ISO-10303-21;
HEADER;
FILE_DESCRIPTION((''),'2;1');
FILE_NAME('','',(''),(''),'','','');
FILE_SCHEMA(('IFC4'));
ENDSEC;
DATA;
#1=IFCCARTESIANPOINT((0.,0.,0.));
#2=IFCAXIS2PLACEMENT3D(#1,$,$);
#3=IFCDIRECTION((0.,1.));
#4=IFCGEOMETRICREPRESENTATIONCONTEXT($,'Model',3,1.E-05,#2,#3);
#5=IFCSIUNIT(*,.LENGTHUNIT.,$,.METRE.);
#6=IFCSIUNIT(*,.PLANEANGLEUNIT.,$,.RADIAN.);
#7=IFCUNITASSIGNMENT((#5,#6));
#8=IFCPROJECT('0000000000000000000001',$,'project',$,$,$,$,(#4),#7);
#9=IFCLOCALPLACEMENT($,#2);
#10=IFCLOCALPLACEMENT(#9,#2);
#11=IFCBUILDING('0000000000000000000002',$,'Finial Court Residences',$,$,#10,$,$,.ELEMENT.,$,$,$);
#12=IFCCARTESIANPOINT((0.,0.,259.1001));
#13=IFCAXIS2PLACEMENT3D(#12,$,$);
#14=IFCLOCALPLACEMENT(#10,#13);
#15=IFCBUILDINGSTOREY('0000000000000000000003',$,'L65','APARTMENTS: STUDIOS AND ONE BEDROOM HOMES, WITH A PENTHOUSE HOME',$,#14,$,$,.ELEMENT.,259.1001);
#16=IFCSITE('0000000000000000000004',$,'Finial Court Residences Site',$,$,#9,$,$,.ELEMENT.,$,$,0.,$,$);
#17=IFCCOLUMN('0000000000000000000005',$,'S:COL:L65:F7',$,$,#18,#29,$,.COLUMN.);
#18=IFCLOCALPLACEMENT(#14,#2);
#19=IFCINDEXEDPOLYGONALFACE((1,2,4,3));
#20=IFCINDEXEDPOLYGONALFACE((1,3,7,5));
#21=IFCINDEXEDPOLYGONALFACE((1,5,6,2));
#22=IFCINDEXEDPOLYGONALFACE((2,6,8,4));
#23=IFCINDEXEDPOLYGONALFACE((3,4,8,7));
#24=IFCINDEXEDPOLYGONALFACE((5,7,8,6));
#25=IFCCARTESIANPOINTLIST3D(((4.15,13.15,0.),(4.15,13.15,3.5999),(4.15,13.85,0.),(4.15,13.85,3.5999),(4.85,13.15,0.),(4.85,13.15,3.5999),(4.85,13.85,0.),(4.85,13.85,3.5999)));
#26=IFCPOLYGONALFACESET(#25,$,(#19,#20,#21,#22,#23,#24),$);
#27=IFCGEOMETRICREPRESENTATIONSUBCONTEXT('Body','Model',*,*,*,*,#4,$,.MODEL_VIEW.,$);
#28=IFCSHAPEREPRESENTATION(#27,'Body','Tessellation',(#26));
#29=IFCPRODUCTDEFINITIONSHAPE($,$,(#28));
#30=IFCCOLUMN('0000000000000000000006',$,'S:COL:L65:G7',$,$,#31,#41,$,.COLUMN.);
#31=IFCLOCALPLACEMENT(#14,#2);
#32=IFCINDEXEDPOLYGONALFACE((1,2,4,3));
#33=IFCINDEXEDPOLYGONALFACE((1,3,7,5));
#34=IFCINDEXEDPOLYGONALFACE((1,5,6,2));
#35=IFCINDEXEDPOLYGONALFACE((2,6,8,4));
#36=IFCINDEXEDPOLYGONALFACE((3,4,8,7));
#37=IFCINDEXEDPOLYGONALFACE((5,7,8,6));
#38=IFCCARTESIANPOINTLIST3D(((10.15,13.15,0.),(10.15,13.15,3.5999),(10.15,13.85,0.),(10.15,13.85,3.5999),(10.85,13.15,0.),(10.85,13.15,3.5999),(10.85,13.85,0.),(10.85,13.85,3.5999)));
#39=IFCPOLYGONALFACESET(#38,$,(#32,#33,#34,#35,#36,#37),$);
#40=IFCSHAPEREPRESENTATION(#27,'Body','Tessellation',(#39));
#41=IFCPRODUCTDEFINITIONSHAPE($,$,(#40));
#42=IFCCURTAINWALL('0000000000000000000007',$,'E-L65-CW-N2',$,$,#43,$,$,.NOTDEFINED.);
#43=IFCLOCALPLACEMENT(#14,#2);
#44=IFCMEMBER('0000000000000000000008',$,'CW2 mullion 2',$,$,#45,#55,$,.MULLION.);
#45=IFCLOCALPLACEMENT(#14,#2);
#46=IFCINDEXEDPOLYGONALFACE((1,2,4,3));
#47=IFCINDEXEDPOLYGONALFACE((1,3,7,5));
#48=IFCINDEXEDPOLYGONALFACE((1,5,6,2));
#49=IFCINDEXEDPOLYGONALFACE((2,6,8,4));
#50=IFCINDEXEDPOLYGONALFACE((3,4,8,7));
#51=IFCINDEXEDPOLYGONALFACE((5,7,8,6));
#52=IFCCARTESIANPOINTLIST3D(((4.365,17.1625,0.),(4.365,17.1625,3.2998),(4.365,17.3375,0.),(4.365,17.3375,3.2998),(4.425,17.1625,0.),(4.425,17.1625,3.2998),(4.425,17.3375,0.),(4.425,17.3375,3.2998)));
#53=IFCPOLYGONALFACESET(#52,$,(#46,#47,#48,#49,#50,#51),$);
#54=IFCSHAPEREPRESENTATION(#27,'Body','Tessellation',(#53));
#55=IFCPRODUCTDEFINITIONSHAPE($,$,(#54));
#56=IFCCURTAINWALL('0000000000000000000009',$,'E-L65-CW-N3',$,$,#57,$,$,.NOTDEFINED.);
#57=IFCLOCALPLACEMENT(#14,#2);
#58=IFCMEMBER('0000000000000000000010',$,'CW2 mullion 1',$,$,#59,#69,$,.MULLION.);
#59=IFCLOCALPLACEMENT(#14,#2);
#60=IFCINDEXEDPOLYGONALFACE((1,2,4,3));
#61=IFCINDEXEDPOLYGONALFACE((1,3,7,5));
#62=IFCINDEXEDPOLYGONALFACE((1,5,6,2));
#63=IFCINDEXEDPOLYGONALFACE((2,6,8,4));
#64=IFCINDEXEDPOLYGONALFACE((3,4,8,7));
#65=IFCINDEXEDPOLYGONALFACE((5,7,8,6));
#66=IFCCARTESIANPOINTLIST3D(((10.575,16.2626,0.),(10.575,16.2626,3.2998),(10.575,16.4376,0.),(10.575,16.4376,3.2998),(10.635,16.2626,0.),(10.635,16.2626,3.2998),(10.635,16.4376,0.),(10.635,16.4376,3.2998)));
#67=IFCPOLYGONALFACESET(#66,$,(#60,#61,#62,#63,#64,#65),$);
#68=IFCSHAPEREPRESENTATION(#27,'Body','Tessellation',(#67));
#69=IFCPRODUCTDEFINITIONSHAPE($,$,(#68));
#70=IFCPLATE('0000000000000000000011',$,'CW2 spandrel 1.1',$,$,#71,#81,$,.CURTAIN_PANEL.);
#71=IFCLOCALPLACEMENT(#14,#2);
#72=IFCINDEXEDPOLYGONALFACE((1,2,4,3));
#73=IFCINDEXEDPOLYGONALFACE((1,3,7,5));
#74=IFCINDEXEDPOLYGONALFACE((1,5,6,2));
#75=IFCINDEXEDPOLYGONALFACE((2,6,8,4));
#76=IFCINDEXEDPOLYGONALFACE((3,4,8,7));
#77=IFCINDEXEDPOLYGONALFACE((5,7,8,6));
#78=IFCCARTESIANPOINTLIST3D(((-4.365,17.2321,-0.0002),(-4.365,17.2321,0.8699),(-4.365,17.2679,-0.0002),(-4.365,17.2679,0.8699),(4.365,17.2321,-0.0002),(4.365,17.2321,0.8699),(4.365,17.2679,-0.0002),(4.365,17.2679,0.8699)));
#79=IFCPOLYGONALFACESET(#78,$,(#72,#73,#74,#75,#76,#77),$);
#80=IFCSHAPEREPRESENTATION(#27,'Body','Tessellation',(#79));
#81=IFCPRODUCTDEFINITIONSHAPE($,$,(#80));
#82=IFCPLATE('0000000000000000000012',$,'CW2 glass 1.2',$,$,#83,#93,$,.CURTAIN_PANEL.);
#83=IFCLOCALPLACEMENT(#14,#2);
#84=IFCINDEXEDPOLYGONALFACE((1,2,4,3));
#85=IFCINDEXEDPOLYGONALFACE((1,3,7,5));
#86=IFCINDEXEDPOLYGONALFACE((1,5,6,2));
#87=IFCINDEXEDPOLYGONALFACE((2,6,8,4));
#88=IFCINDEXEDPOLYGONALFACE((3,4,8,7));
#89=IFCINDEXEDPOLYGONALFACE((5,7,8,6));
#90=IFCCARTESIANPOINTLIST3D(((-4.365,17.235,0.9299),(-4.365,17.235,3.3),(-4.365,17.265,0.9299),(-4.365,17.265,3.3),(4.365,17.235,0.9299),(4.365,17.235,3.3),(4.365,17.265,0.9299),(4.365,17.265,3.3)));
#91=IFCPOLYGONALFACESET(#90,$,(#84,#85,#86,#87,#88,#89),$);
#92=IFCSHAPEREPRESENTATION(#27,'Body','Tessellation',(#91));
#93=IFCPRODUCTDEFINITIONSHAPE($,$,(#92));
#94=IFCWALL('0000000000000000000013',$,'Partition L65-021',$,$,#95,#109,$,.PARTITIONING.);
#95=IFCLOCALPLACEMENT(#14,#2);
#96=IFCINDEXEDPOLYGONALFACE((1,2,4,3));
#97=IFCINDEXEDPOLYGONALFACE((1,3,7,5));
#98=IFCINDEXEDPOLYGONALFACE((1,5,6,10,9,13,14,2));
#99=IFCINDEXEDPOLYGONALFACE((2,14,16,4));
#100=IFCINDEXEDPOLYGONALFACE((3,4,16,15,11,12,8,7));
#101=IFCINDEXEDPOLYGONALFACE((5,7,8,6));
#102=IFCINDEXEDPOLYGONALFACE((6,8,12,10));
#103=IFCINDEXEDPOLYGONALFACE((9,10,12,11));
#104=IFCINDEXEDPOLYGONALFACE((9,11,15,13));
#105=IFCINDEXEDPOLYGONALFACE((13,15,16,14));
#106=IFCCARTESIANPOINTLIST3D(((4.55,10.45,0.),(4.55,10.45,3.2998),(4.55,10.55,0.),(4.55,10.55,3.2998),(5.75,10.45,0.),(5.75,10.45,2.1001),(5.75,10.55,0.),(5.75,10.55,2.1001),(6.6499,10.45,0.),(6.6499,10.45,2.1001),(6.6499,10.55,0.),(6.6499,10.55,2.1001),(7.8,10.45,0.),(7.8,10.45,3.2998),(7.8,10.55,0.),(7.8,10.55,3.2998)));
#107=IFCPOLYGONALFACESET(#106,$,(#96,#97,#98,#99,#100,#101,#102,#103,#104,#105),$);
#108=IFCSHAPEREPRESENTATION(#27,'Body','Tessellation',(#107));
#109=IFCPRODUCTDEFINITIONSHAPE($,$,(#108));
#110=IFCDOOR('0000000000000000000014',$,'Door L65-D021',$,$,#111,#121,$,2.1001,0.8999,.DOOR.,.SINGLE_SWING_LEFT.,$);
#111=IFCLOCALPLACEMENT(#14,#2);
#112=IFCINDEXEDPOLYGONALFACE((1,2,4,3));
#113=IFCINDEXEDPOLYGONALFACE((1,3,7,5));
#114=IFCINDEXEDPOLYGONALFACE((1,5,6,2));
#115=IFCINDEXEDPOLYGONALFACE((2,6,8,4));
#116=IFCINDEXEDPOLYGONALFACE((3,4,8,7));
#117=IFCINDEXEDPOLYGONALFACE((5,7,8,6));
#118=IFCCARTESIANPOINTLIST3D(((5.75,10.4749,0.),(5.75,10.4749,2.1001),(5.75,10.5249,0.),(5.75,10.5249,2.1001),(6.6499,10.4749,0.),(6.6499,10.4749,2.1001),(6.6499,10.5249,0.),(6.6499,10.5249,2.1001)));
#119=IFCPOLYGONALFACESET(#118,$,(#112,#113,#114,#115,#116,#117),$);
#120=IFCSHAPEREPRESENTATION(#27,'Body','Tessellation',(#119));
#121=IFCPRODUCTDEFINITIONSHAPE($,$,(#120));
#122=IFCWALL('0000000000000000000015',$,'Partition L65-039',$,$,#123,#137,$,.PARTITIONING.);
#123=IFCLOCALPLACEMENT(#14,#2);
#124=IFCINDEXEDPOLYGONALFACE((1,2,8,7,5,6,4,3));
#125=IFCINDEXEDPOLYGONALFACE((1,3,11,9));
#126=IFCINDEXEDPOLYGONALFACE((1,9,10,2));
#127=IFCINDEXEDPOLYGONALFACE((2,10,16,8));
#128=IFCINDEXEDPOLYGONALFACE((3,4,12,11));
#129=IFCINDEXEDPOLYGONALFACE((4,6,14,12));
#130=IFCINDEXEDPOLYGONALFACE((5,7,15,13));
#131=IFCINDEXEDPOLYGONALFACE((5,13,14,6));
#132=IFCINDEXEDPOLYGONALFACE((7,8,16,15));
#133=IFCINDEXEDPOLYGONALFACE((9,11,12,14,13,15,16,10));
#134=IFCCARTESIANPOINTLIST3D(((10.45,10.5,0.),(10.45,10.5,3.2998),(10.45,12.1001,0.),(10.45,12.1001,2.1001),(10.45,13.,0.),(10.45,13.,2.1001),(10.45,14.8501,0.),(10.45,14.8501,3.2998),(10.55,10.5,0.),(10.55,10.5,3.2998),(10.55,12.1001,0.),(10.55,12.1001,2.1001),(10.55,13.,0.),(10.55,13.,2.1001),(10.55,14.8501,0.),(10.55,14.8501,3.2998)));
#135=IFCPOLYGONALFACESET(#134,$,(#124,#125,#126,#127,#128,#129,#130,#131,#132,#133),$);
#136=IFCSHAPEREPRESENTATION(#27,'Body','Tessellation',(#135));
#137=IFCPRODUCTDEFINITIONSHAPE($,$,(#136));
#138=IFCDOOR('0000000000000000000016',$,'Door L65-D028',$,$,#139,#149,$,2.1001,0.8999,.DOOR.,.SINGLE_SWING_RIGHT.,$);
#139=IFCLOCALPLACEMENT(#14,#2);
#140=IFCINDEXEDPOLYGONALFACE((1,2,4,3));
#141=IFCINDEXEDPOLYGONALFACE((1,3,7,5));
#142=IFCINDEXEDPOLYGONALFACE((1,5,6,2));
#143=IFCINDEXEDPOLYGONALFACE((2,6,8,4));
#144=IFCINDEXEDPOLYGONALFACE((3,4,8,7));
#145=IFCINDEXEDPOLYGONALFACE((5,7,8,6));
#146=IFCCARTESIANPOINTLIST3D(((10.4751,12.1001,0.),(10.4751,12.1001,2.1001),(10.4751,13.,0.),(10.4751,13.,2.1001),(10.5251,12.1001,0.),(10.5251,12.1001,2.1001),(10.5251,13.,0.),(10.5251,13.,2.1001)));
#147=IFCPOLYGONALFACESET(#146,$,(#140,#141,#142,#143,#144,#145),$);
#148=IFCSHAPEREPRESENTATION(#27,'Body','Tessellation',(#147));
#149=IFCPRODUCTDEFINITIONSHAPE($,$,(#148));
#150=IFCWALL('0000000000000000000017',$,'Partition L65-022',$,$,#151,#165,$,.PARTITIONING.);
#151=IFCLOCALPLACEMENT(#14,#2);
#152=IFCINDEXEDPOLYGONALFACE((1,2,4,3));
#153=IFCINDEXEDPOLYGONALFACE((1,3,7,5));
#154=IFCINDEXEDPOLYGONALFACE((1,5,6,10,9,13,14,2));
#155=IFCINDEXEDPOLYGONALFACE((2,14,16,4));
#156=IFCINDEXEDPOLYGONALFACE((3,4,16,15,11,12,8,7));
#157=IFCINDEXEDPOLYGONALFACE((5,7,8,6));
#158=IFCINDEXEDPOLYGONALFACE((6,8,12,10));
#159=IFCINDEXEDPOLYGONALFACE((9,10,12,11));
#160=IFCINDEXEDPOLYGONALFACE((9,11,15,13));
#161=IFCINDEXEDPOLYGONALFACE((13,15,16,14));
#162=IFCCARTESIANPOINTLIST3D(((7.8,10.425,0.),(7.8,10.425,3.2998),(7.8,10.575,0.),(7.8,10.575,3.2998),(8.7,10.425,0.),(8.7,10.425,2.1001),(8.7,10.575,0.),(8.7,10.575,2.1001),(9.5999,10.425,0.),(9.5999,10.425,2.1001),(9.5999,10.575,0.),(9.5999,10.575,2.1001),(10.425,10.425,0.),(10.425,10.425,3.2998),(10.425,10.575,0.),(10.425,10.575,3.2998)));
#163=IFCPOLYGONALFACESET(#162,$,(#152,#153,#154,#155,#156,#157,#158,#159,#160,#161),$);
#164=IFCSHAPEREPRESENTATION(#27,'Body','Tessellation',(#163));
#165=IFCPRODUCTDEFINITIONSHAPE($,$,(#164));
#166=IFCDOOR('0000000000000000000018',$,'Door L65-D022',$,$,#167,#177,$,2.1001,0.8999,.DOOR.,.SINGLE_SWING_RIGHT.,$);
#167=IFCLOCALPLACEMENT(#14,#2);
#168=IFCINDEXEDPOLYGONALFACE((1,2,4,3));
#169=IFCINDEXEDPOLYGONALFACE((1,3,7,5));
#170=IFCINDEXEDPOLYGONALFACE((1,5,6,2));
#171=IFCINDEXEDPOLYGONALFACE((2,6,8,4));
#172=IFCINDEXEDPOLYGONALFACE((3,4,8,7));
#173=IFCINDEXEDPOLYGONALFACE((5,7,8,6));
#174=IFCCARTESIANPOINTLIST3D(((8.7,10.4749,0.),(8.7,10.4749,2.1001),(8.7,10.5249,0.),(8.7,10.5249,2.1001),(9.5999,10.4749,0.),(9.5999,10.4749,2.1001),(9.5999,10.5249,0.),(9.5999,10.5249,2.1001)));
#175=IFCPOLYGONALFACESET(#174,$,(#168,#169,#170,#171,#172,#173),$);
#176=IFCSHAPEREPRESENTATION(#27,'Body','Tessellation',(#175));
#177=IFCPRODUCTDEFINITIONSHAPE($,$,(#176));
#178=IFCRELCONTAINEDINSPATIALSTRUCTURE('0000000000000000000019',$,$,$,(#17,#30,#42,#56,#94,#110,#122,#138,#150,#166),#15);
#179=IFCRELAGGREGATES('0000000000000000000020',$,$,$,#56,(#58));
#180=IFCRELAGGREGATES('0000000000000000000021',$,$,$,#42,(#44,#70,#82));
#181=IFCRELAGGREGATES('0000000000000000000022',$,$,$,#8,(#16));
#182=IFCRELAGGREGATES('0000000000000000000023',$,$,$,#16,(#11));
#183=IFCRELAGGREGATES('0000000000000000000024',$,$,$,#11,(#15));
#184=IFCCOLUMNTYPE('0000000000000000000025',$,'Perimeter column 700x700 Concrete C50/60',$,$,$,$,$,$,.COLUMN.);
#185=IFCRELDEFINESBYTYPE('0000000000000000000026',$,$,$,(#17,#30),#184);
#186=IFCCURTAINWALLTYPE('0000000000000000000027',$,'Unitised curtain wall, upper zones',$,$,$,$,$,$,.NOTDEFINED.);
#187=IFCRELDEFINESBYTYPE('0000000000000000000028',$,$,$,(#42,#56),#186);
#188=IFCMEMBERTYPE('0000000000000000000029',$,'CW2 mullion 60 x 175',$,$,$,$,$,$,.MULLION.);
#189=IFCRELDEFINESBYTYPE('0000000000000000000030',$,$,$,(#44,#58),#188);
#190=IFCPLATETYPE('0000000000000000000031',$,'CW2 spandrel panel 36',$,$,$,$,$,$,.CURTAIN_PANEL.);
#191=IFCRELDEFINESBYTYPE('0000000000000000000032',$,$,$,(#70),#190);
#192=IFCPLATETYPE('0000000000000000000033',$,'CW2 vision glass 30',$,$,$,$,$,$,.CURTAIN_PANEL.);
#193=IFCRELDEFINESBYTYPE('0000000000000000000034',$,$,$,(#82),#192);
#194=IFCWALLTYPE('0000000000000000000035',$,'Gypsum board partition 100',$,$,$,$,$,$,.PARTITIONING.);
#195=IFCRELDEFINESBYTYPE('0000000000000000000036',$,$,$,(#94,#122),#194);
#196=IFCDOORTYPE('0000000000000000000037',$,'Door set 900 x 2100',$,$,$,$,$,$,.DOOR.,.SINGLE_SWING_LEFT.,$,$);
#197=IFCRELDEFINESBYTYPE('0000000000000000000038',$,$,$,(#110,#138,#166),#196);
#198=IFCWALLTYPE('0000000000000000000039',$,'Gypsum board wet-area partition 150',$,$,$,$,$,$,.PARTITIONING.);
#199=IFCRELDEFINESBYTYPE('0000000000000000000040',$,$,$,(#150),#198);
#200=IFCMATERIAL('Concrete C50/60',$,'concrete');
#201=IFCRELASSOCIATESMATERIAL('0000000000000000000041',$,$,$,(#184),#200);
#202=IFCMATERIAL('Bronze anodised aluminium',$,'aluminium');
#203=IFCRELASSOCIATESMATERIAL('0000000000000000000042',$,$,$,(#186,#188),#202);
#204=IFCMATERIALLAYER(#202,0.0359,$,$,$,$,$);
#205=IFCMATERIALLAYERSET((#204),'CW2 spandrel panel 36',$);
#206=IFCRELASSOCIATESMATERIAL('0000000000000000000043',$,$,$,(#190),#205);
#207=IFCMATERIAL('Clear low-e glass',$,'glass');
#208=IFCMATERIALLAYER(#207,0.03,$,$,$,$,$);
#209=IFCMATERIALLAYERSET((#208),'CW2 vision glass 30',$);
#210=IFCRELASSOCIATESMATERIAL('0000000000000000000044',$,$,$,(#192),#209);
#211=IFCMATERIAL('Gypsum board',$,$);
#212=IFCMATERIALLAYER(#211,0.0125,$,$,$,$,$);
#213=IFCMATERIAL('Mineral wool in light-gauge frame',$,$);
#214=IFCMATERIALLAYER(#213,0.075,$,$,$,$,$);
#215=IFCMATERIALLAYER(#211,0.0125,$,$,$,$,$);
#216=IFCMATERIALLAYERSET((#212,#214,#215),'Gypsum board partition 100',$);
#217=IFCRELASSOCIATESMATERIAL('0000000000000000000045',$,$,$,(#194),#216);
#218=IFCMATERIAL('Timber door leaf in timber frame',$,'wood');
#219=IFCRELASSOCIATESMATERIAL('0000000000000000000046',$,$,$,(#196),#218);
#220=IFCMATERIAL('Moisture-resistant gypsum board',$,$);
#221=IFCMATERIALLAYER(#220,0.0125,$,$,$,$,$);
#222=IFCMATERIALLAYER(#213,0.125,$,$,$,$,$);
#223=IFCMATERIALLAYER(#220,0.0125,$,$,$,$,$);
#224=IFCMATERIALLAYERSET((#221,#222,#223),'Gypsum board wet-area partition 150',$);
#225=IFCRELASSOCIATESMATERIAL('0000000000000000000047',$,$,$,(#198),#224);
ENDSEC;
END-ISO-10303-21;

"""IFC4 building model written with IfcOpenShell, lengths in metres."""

from ifc_helpers import new_model, si_unit, direction, frame, frame_2d, origin, origin_2d, place, context, subcontext, project, spatial, rectangle, extrude, material, layer, layer_set, material_profile, profile_set, type_object, element, fill, aggregate, save


model = new_model("IFC4")

# Units and contexts
model_context = context("Model", 3, precision=1e-05, world=origin(), true_north=direction((0.0, 1.0)))
body_context = subcontext(model_context, "Body", "Model", "MODEL_VIEW")
ifc_project = project(units=[si_unit("LENGTHUNIT", "METRE"), si_unit("PLANEANGLEUNIT", "RADIAN")], contexts=[model_context])

# Site, building, storey
site_placement = place(None, origin())
site = spatial("IfcSite", under=ifc_project, at=site_placement, Name="Finial Court Residences Site", CompositionType="ELEMENT", RefElevation=0.0)
building_placement = place(site_placement, origin())
building = spatial("IfcBuilding", under=site, at=building_placement, Name="Finial Court Residences", CompositionType="ELEMENT")
storey_placement = place(building_placement, frame((0.0, 0.0, 259.1001)))
storey = spatial("IfcBuildingStorey", under=building, at=storey_placement, Name="L65", Description="APARTMENTS: STUDIOS AND ONE BEDROOM HOMES, WITH A PENTHOUSE HOME", CompositionType="ELEMENT", Elevation=259.1001)

# Columns
ifc_material_1 = material(Name="Concrete C50/60", Category="concrete")
ifc_material_profile_1 = material_profile(ifc_material_1, rectangle(XDim=0.7, YDim=0.7, at=origin_2d()), Name="700x700")
ifc_profile_set_1 = profile_set([ifc_material_profile_1], Name="Concrete C50/60")
column_type = type_object("IfcColumnType", Name="Perimeter column 700x700 Concrete C50/60", PredefinedType="COLUMN", material=ifc_profile_set_1)
for number, where, z_axis, x_axis, name in (
    (1, (4.5, 13.5, 0.0), (0.0, 0.0, 1.0), (1.0, 0.0, 0.0), "S:COL:L65:F7"),
    (2, (10.5, 13.5, 0.0), (0.0, 0.0, 1.0), (1.0, 0.0, 0.0), "S:COL:L65:G7"),
):
    element("IfcColumn", number, at=place(storey_placement, frame(where, z_axis=z_axis, x_axis=x_axis)), inside=storey, type_object=column_type, Name=name, PredefinedType="COLUMN", context=body_context, shape_type="SweptSolid", body=[
        extrude(rectangle(XDim=0.7, YDim=0.7, at=origin_2d()), origin(), (0.0, 0.0, 1.0), 3.5999),
    ])

# Curtain walls, members
ifc_material_2 = material(Name="Bronze anodised aluminium", Category="aluminium")
curtain_wall_type = type_object("IfcCurtainWallType", Name="Unitised curtain wall, upper zones", PredefinedType="NOTDEFINED", material=ifc_material_2)
curtain_wall_1_placement = place(storey_placement, origin())
curtain_wall_1 = element("IfcCurtainWall", 3, at=curtain_wall_1_placement, inside=storey, type_object=curtain_wall_type, Name="E-L65-CW-N2", PredefinedType="NOTDEFINED")
ifc_material_profile_2 = material_profile(ifc_material_2, rectangle(XDim=0.175, YDim=0.0601, at=origin_2d()), Name="CW2 mullion 60 x 175")
ifc_profile_set_2 = profile_set([ifc_material_profile_2], Name="Bronze anodised aluminium")
member_type = type_object("IfcMemberType", Name="CW2 mullion 60 x 175", PredefinedType="MULLION", material=ifc_profile_set_2)
member_1_placement = place(storey_placement, frame((4.395, 17.25, 0.0), z_axis=(0.0, 0.0, 1.0), x_axis=(0.0, 1.0, 0.0)))
member_1 = element("IfcMember", 4, at=member_1_placement, type_object=member_type, Name="CW2 mullion 2", PredefinedType="MULLION", context=body_context, shape_type="SweptSolid", body=[
    extrude(rectangle(XDim=0.175, YDim=0.0601, at=origin_2d()), origin(), (0.0, 0.0, 1.0), 3.2998),
])
curtain_wall_2_placement = place(storey_placement, origin())
curtain_wall_2 = element("IfcCurtainWall", 5, at=curtain_wall_2_placement, inside=storey, type_object=curtain_wall_type, Name="E-L65-CW-N3", PredefinedType="NOTDEFINED")
member_2_placement = place(storey_placement, frame((10.605, 16.3501, 0.0), z_axis=(0.0, 0.0, 1.0), x_axis=(0.0, 1.0, 0.0)))
member_2 = element("IfcMember", 6, at=member_2_placement, type_object=member_type, Name="CW2 mullion 1", PredefinedType="MULLION", context=body_context, shape_type="SweptSolid", body=[
    extrude(rectangle(XDim=0.175, YDim=0.0601, at=origin_2d()), origin(), (0.0, 0.0, 1.0), 3.2998),
])
aggregate(curtain_wall_2, [member_2])

# Plates
ifc_layer_1 = layer(ifc_material_2, 0.0359)
ifc_layer_set_1 = layer_set([ifc_layer_1], Name="CW2 spandrel panel 36")
plate_type_1 = type_object("IfcPlateType", Name="CW2 spandrel panel 36", PredefinedType="CURTAIN_PANEL", material=ifc_layer_set_1)
plate_1_placement = place(storey_placement, frame((0.0, 17.25, -0.0002), z_axis=(0.0, 0.0, 1.0), x_axis=(1.0, 0.0, 0.0)))
plate_1 = element("IfcPlate", 7, at=plate_1_placement, type_object=plate_type_1, Name="CW2 spandrel 1.1", PredefinedType="CURTAIN_PANEL", context=body_context, shape_type="SweptSolid", body=[
    extrude(rectangle(XDim=8.73, YDim=0.0359, at=origin_2d()), origin(), (0.0, 0.0, 1.0), 0.8701),
])
ifc_material_3 = material(Name="Clear low-e glass", Category="glass")
ifc_layer_2 = layer(ifc_material_3, 0.03)
ifc_layer_set_2 = layer_set([ifc_layer_2], Name="CW2 vision glass 30")
plate_type_2 = type_object("IfcPlateType", Name="CW2 vision glass 30", PredefinedType="CURTAIN_PANEL", material=ifc_layer_set_2)
plate_2_placement = place(storey_placement, frame((0.0, 17.25, 0.9299), z_axis=(0.0, 0.0, 1.0), x_axis=(1.0, 0.0, 0.0)))
plate_2 = element("IfcPlate", 8, at=plate_2_placement, type_object=plate_type_2, Name="CW2 glass 1.2", PredefinedType="CURTAIN_PANEL", context=body_context, shape_type="SweptSolid", body=[
    extrude(rectangle(XDim=8.73, YDim=0.03, at=origin_2d()), origin(), (0.0, 0.0, 1.0), 2.3701),
])
aggregate(curtain_wall_1, [member_1, plate_1, plate_2])

# Walls, openings, doors
ifc_material_4 = material(Name="Gypsum board")
ifc_layer_3 = layer(ifc_material_4, 0.0125)
ifc_material_5 = material(Name="Mineral wool in light-gauge frame")
ifc_layer_4 = layer(ifc_material_5, 0.075)
ifc_layer_5 = layer(ifc_material_4, 0.0125)
ifc_layer_set_3 = layer_set([ifc_layer_3, ifc_layer_4, ifc_layer_5], Name="Gypsum board partition 100")
wall_type_1 = type_object("IfcWallType", Name="Gypsum board partition 100", PredefinedType="PARTITIONING", material=ifc_layer_set_3)
wall_1_placement = place(storey_placement, frame((4.55, 10.5, 0.0), z_axis=(0.0, 0.0, 1.0), x_axis=(1.0, 0.0, 0.0)))
wall_1 = element("IfcWall", 9, at=wall_1_placement, inside=storey, type_object=wall_type_1, Name="Partition L65-021", PredefinedType="PARTITIONING", context=body_context, shape_type="SweptSolid", body=[
    extrude(rectangle(XDim=3.25, YDim=0.1001, at=frame_2d((1.625, 0.0))), origin(), (0.0, 0.0, 1.0), 3.2998),
])
opening_1_placement = place(wall_1_placement, frame((1.2, 0.0, 0.0)))
opening_1 = element("IfcOpeningElement", 10, at=opening_1_placement, cuts=wall_1, PredefinedType="OPENING", context=body_context, shape_type="SweptSolid", body=[
    extrude(rectangle(XDim=0.8999, YDim=2.1001, at=frame_2d((0.45, 1.05))), frame((0.0, 0.0601, 0.0), z_axis=(0.0, -1.0, 0.0), x_axis=(1.0, 0.0, 0.0)), (0.0, 0.0, 1.0), 0.1201),
])
ifc_material_6 = material(Name="Timber door leaf in timber frame", Category="wood")
door_type_1 = type_object("IfcDoorType", Name="Door set 900 x 2100", OperationType="SINGLE_SWING_LEFT", PredefinedType="DOOR", material=ifc_material_6)
door_1_placement = place(opening_1_placement, origin())
door_1 = element("IfcDoor", 11, at=door_1_placement, inside=storey, type_object=door_type_1, Name="Door L65-D021", OperationType="SINGLE_SWING_LEFT", OverallHeight=2.1001, OverallWidth=0.8999, PredefinedType="DOOR", context=body_context, shape_type="SweptSolid", body=[
    extrude(rectangle(XDim=0.8999, YDim=2.1001, at=frame_2d((0.45, 1.05))), frame((0.0, 0.0249, 0.0), z_axis=(0.0, -1.0, 0.0), x_axis=(1.0, 0.0, 0.0)), (0.0, 0.0, 1.0), 0.05),
])
fill(opening_1, door_1)
wall_2_placement = place(storey_placement, frame((10.5, 10.5, 0.0), z_axis=(0.0, 0.0, 1.0), x_axis=(0.0, 1.0, 0.0)))
wall_2 = element("IfcWall", 12, at=wall_2_placement, inside=storey, type_object=wall_type_1, Name="Partition L65-039", PredefinedType="PARTITIONING", context=body_context, shape_type="SweptSolid", body=[
    extrude(rectangle(XDim=4.3501, YDim=0.1001, at=frame_2d((2.175, 0.0))), origin(), (0.0, 0.0, 1.0), 3.2998),
])
opening_2_placement = place(wall_2_placement, frame((1.6001, 0.0, 0.0)))
opening_2 = element("IfcOpeningElement", 13, at=opening_2_placement, cuts=wall_2, PredefinedType="OPENING", context=body_context, shape_type="SweptSolid", body=[
    extrude(rectangle(XDim=0.8999, YDim=2.1001, at=frame_2d((0.45, 1.05))), frame((0.0, 0.0601, 0.0), z_axis=(0.0, -1.0, 0.0), x_axis=(1.0, 0.0, 0.0)), (0.0, 0.0, 1.0), 0.1201),
])
door_2_placement = place(opening_2_placement, origin())
door_2 = element("IfcDoor", 14, at=door_2_placement, inside=storey, type_object=door_type_1, Name="Door L65-D028", OperationType="SINGLE_SWING_RIGHT", OverallHeight=2.1001, OverallWidth=0.8999, PredefinedType="DOOR", context=body_context, shape_type="SweptSolid", body=[
    extrude(rectangle(XDim=0.8999, YDim=2.1001, at=frame_2d((0.45, 1.05))), frame((0.0, 0.0249, 0.0), z_axis=(0.0, -1.0, 0.0), x_axis=(1.0, 0.0, 0.0)), (0.0, 0.0, 1.0), 0.05),
])
fill(opening_2, door_2)
ifc_material_7 = material(Name="Moisture-resistant gypsum board")
ifc_layer_6 = layer(ifc_material_7, 0.0125)
ifc_layer_7 = layer(ifc_material_5, 0.125)
ifc_layer_8 = layer(ifc_material_7, 0.0125)
ifc_layer_set_4 = layer_set([ifc_layer_6, ifc_layer_7, ifc_layer_8], Name="Gypsum board wet-area partition 150")
wall_type_2 = type_object("IfcWallType", Name="Gypsum board wet-area partition 150", PredefinedType="PARTITIONING", material=ifc_layer_set_4)
wall_3_placement = place(storey_placement, frame((7.8, 10.5, 0.0), z_axis=(0.0, 0.0, 1.0), x_axis=(1.0, 0.0, 0.0)))
wall_3 = element("IfcWall", 15, at=wall_3_placement, inside=storey, type_object=wall_type_2, Name="Partition L65-022", PredefinedType="PARTITIONING", context=body_context, shape_type="SweptSolid", body=[
    extrude(rectangle(XDim=2.625, YDim=0.1499, at=frame_2d((1.3125, 0.0))), origin(), (0.0, 0.0, 1.0), 3.2998),
])
opening_3_placement = place(wall_3_placement, frame((0.8999, 0.0, 0.0)))
opening_3 = element("IfcOpeningElement", 16, at=opening_3_placement, cuts=wall_3, PredefinedType="OPENING", context=body_context, shape_type="SweptSolid", body=[
    extrude(rectangle(XDim=0.8999, YDim=2.1001, at=frame_2d((0.45, 1.05))), frame((0.0, 0.085, 0.0), z_axis=(0.0, -1.0, 0.0), x_axis=(1.0, 0.0, 0.0)), (0.0, 0.0, 1.0), 0.1699),
])
door_3_placement = place(opening_3_placement, origin())
door_3 = element("IfcDoor", 17, at=door_3_placement, inside=storey, type_object=door_type_1, Name="Door L65-D022", OperationType="SINGLE_SWING_RIGHT", OverallHeight=2.1001, OverallWidth=0.8999, PredefinedType="DOOR", context=body_context, shape_type="SweptSolid", body=[
    extrude(rectangle(XDim=0.8999, YDim=2.1001, at=frame_2d((0.45, 1.05))), frame((0.0, 0.0249, 0.0), z_axis=(0.0, -1.0, 0.0), x_axis=(1.0, 0.0, 0.0)), (0.0, 0.0, 1.0), 0.05),
])
fill(opening_3, door_3)

save(model, "model.ifc")
